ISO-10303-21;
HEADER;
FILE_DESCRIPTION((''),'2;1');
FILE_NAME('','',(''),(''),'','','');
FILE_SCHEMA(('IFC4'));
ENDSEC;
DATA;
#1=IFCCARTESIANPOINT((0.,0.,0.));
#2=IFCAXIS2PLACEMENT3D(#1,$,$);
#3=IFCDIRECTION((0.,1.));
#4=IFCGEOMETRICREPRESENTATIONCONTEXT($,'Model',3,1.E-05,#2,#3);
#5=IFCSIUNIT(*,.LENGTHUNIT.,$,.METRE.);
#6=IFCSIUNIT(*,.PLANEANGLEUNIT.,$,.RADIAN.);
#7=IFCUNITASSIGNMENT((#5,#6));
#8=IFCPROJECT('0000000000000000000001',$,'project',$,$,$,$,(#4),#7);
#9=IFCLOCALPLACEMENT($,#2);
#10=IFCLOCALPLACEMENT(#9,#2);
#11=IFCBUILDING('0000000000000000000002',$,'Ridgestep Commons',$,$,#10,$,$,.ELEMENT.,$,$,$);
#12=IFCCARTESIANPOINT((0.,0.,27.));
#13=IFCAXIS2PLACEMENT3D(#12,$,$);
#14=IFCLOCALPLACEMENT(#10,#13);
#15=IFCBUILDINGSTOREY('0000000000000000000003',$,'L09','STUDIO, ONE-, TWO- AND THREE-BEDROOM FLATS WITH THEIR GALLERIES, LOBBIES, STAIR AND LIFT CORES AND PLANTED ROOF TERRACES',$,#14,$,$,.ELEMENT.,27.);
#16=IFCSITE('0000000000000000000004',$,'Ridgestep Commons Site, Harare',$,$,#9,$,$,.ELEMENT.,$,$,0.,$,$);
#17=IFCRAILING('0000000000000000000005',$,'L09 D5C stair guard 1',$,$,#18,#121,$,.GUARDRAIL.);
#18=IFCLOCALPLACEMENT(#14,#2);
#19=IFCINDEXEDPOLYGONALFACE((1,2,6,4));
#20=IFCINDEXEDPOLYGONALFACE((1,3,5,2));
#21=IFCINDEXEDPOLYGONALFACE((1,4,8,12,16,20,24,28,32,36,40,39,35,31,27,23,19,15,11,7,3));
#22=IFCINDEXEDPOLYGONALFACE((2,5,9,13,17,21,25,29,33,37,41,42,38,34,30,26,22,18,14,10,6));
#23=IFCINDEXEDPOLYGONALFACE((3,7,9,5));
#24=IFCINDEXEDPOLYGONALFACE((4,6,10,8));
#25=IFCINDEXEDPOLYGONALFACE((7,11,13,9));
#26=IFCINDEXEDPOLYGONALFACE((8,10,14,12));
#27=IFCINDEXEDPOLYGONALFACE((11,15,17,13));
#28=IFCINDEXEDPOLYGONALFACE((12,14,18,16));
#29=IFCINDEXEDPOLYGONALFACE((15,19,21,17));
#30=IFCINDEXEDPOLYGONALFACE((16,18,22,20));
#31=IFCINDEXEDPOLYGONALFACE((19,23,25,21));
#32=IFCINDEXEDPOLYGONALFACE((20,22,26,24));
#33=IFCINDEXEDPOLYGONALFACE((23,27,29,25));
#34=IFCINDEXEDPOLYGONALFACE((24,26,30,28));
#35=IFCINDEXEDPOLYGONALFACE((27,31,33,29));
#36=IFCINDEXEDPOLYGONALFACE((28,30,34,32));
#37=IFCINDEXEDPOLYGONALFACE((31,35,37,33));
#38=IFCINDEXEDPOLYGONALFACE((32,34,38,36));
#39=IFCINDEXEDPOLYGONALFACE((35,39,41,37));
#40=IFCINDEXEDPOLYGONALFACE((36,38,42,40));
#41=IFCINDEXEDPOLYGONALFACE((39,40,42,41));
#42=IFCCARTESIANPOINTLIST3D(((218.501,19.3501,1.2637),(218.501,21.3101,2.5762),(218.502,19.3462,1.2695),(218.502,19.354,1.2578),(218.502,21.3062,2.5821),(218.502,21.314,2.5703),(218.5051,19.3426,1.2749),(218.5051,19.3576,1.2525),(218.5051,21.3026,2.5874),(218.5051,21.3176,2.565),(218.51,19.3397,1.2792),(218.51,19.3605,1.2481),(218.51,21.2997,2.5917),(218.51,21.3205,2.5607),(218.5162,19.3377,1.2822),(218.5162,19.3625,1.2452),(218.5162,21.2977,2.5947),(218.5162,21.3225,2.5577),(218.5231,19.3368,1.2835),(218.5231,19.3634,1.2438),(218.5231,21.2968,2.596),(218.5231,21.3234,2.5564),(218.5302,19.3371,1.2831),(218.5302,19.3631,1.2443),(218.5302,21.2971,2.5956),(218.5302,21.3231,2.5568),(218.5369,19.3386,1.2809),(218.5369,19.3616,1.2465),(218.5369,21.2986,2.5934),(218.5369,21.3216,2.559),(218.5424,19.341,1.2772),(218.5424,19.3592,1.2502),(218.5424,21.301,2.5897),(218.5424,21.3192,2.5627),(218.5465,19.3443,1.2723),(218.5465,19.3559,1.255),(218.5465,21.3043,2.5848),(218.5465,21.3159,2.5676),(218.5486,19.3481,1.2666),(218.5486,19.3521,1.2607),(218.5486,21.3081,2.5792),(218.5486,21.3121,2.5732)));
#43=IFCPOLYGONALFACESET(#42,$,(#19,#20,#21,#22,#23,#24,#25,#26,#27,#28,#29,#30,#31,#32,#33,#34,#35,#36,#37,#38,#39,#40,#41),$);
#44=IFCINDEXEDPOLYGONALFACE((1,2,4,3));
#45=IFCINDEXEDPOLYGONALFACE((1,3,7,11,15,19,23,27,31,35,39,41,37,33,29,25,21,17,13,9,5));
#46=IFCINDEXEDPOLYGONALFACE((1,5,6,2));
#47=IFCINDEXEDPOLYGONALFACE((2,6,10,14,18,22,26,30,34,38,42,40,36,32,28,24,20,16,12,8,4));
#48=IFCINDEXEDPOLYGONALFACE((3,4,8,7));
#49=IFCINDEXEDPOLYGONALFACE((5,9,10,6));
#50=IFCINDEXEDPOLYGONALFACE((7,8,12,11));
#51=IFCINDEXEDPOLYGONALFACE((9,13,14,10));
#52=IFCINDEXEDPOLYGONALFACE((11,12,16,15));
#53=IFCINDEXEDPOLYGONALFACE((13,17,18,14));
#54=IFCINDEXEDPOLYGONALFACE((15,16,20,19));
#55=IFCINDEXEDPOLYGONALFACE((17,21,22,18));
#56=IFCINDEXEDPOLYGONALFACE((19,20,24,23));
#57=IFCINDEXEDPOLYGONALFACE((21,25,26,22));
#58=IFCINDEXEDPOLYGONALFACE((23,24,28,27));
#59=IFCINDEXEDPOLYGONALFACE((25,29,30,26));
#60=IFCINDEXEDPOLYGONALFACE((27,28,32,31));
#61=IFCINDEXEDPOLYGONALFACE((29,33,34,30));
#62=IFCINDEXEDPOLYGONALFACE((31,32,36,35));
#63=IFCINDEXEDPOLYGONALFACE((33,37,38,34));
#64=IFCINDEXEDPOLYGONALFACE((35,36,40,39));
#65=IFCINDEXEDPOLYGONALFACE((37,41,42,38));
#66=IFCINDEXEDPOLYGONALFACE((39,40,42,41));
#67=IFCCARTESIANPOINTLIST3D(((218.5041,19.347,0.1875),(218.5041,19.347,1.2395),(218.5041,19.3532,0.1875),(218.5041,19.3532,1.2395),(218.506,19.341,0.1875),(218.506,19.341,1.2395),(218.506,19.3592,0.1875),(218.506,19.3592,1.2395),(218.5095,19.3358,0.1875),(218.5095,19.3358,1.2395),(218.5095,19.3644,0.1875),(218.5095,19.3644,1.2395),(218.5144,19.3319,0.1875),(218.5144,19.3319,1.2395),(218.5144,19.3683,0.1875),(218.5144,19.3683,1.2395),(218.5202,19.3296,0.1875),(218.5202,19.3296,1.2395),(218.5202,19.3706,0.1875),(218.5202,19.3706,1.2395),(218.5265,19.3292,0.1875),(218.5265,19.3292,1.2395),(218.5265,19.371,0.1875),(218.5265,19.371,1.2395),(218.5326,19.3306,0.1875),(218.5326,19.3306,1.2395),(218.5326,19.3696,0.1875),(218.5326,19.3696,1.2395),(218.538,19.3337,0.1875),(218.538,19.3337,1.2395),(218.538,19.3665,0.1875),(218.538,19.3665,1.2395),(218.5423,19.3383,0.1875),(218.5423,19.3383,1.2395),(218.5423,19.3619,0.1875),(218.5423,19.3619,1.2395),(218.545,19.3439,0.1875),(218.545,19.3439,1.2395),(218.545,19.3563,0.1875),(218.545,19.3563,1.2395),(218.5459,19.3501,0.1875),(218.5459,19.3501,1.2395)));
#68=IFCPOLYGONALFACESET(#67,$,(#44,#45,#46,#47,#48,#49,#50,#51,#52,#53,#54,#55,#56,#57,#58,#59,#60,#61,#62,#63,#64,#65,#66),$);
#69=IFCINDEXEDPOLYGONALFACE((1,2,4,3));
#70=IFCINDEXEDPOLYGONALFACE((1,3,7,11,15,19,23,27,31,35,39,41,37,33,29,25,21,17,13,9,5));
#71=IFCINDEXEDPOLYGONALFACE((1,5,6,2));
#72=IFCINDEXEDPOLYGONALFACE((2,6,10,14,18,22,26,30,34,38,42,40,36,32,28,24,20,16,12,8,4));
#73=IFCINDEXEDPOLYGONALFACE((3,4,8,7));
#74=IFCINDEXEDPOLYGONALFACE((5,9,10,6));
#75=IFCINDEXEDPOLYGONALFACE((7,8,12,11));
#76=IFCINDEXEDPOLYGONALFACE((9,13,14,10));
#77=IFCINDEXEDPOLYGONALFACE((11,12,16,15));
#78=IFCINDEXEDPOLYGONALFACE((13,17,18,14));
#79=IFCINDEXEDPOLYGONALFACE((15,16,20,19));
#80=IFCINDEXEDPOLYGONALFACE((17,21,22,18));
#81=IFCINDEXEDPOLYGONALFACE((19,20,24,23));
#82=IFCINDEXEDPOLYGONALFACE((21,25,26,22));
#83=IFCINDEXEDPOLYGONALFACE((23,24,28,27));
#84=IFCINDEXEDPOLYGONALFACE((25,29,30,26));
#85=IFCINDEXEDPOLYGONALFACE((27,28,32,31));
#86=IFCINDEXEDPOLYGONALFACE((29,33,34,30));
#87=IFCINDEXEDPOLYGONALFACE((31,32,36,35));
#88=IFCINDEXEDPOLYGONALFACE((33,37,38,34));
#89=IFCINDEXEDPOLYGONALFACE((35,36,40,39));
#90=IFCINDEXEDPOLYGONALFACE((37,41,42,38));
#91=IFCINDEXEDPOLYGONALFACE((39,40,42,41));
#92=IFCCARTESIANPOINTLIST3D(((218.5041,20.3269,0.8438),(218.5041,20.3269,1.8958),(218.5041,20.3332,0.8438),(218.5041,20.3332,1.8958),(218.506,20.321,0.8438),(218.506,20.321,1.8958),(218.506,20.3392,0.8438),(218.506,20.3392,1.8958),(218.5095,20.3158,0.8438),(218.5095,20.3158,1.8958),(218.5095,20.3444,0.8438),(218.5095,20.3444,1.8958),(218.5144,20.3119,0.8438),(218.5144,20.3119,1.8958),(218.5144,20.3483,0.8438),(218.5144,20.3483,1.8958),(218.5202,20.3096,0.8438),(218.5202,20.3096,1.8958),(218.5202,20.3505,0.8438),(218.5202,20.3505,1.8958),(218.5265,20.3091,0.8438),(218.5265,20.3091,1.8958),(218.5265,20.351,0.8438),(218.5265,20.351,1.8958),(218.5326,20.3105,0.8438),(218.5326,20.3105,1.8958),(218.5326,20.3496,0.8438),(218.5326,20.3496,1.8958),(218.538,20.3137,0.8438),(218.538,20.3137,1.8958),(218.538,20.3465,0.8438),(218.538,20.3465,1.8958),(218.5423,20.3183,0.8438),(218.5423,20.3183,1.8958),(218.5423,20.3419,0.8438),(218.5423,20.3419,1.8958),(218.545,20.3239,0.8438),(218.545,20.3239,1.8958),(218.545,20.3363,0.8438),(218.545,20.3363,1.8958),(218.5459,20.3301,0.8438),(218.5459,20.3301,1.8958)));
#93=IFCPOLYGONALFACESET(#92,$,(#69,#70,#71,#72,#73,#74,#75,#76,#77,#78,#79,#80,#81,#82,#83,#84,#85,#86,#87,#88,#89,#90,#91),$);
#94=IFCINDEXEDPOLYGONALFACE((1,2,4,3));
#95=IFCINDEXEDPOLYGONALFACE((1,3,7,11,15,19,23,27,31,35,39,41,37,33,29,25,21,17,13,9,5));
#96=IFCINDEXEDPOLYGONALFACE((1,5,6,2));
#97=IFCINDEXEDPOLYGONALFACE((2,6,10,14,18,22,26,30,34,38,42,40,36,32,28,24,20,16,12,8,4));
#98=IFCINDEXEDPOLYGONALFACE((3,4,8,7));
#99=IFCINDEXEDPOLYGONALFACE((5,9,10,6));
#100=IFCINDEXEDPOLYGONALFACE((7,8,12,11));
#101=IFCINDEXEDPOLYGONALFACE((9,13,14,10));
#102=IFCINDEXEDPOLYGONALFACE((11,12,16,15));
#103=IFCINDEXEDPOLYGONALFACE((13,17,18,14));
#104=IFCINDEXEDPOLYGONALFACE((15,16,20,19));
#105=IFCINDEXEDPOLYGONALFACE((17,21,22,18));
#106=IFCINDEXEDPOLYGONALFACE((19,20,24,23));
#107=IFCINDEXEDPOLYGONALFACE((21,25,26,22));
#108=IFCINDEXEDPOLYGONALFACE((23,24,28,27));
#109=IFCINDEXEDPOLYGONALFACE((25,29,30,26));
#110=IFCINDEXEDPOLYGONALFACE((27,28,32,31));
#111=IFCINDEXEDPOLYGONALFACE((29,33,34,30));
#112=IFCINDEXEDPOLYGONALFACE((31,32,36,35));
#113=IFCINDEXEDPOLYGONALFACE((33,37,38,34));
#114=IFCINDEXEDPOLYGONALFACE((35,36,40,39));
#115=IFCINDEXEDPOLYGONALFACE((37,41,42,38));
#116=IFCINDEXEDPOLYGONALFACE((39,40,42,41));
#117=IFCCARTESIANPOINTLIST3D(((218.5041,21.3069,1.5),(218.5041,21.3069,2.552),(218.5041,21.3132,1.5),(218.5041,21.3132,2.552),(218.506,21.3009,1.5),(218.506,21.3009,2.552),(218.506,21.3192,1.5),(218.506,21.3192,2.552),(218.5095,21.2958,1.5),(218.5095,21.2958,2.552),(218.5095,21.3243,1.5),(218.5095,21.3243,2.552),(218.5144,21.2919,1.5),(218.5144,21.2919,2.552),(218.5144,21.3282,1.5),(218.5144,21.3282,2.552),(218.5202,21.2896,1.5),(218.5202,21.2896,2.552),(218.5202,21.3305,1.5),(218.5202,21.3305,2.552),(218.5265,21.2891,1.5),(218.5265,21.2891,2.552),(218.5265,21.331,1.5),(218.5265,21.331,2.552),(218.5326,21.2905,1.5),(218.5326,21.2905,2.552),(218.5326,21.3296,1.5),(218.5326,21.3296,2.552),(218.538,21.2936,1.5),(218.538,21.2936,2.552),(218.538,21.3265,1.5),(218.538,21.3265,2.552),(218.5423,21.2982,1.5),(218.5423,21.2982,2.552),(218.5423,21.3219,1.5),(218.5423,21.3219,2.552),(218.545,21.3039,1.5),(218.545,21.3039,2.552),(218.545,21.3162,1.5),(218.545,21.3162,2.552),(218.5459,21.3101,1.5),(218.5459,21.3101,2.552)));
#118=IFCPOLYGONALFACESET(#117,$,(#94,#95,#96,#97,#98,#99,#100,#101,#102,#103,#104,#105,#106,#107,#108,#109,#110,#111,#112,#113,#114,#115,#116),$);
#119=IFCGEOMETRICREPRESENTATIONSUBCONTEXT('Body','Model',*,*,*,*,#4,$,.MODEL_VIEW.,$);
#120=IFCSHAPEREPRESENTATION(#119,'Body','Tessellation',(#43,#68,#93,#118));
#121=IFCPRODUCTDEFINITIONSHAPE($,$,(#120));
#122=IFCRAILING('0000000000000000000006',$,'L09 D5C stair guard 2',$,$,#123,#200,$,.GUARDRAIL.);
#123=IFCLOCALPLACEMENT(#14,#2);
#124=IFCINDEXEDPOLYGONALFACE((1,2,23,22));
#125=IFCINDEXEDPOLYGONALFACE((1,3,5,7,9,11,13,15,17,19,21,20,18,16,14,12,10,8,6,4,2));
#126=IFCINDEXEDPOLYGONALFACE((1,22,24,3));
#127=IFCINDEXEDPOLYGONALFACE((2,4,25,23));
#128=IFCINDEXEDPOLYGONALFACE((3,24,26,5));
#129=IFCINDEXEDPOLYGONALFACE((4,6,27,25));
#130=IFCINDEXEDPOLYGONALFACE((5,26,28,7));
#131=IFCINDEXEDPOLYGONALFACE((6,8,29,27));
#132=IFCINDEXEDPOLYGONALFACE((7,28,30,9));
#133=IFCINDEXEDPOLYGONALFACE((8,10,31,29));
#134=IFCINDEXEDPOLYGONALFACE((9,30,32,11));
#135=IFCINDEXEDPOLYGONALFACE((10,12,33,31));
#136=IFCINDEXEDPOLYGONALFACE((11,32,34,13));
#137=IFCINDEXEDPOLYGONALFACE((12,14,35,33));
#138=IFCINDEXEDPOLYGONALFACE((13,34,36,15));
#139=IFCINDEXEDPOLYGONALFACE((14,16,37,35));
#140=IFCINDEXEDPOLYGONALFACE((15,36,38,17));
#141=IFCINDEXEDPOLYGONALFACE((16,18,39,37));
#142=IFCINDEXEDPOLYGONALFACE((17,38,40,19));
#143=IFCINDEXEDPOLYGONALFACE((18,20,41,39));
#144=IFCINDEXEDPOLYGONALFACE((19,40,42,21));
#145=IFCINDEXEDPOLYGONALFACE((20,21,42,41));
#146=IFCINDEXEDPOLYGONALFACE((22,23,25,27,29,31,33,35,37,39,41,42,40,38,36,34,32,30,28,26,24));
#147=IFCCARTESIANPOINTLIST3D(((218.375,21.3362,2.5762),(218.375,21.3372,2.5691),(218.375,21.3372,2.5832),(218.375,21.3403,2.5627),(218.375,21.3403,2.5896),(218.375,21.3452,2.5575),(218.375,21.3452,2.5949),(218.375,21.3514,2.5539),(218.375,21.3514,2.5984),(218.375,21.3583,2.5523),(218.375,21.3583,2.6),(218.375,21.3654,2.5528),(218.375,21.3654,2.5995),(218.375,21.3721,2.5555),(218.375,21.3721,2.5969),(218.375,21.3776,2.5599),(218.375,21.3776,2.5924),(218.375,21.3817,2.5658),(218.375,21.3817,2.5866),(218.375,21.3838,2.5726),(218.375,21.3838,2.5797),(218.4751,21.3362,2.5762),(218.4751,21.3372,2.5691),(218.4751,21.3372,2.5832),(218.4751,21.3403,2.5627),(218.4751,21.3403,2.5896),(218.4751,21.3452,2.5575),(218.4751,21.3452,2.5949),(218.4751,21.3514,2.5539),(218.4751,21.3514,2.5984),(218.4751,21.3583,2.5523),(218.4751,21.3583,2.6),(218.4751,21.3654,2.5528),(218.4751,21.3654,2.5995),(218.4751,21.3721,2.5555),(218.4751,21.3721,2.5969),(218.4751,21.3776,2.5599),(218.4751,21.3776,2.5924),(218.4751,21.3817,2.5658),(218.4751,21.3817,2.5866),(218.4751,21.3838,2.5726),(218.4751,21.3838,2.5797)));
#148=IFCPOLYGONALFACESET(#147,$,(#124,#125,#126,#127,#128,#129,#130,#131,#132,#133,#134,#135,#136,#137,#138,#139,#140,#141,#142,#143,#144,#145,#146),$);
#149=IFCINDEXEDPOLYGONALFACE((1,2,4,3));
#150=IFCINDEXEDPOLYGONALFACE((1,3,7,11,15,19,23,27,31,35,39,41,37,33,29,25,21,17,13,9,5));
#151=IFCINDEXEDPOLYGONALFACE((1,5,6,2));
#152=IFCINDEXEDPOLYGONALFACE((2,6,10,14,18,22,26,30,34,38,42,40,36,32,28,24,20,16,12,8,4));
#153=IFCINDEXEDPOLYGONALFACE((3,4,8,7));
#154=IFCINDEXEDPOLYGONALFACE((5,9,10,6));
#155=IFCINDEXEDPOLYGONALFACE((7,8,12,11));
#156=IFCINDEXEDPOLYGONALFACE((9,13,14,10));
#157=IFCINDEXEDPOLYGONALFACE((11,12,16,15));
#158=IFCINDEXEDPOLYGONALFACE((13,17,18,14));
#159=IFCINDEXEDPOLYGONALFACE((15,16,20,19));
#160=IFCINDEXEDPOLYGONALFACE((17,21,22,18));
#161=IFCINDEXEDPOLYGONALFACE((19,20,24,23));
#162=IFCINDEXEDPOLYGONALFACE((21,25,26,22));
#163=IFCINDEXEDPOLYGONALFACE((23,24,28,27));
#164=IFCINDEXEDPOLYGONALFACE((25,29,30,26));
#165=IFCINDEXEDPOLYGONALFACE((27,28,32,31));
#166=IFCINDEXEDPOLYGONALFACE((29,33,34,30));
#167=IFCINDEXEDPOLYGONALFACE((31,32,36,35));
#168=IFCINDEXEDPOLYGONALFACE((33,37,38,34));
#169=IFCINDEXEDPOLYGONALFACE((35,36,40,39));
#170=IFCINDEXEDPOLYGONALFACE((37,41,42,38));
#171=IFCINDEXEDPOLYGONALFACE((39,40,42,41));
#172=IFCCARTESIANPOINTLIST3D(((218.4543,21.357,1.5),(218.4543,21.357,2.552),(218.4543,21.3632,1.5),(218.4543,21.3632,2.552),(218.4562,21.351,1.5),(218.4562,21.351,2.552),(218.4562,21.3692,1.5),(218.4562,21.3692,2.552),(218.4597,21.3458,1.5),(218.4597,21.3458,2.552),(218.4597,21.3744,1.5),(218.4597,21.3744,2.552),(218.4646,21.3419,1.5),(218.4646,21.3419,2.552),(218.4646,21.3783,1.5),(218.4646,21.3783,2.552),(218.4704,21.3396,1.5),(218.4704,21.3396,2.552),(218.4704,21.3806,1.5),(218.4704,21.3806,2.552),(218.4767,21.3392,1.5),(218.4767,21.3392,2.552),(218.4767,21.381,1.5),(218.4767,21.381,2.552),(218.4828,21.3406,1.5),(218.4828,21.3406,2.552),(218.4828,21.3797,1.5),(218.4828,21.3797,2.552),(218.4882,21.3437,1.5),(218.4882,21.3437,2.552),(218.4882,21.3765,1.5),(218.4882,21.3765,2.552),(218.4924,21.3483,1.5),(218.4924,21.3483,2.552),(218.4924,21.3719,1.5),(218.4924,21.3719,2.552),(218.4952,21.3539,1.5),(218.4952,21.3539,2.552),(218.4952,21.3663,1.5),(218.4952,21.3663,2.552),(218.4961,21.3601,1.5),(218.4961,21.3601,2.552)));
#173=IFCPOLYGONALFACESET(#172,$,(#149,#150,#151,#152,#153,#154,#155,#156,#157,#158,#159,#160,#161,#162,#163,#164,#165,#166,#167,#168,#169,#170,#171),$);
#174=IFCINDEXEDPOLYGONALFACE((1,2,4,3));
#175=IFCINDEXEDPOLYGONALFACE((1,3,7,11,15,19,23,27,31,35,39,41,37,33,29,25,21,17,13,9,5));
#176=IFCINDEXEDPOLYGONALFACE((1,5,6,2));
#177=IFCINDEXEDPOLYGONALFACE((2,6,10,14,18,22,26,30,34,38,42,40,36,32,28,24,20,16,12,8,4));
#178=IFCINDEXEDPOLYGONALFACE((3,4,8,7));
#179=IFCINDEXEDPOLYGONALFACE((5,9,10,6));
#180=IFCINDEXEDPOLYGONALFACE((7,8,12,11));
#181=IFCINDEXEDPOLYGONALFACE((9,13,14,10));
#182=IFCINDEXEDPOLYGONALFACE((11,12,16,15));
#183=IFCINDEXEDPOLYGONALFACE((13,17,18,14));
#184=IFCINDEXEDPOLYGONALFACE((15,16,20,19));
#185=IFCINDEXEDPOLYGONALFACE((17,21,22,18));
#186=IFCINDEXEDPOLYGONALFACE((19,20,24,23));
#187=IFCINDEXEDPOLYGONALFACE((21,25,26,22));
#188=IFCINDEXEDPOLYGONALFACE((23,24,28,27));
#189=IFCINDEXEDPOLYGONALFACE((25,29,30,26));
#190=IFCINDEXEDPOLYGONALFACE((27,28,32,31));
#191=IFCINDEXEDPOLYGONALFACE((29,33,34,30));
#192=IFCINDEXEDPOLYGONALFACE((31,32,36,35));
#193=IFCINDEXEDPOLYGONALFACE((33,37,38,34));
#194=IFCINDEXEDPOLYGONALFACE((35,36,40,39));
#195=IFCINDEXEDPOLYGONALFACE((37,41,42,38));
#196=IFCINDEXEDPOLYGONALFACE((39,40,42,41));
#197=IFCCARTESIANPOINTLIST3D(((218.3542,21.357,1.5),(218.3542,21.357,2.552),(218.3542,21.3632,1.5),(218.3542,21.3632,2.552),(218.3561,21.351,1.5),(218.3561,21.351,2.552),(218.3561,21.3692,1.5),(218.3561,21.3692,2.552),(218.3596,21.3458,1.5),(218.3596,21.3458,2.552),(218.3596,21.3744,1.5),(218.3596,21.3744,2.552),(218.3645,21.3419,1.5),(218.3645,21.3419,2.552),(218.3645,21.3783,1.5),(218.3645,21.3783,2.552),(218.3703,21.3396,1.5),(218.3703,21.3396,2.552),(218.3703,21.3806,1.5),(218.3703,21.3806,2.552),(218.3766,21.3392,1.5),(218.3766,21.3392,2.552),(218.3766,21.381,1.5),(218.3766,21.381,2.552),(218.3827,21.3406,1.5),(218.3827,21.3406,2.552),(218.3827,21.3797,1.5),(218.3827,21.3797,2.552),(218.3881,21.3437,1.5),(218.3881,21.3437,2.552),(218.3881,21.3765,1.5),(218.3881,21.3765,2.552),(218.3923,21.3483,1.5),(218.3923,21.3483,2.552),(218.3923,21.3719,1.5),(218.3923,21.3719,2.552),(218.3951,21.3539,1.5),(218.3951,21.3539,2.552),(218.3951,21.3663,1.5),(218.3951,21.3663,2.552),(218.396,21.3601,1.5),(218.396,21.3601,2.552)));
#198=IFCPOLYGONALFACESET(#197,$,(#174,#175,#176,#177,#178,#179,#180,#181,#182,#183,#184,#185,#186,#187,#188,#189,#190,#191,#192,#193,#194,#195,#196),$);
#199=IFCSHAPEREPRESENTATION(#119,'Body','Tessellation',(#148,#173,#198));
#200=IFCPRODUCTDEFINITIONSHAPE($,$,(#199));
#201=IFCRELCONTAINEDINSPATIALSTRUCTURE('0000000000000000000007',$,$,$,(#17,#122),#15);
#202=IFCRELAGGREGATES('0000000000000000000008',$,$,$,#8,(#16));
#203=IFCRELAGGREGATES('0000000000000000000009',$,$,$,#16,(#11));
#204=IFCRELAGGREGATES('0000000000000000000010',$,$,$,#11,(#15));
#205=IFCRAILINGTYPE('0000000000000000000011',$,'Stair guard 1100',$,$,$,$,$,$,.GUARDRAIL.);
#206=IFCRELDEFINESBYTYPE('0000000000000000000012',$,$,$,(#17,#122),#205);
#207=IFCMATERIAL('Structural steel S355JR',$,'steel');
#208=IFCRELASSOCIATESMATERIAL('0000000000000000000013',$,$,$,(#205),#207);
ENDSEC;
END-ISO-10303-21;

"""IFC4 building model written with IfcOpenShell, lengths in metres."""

from ifc_helpers import new_model, si_unit, direction, frame, origin, origin_2d, place, context, subcontext, project, spatial, circle, extrude, material, type_object, element, save


model = new_model("IFC4")

# Units and contexts
model_context = context("Model", 3, precision=1e-05, world=origin(), true_north=direction((0.0, 1.0)))
body_context = subcontext(model_context, "Body", "Model", "MODEL_VIEW")
ifc_project = project(units=[si_unit("LENGTHUNIT", "METRE"), si_unit("PLANEANGLEUNIT", "RADIAN")], contexts=[model_context])

# Site, building, storey
site_placement = place(None, origin())
site = spatial("IfcSite", under=ifc_project, at=site_placement, Name="Ridgestep Commons Site, Harare", CompositionType="ELEMENT", RefElevation=0.0)
building_placement = place(site_placement, origin())
building = spatial("IfcBuilding", under=site, at=building_placement, Name="Ridgestep Commons", CompositionType="ELEMENT")
storey_placement = place(building_placement, frame((0.0, 0.0, 27.0)))
storey = spatial("IfcBuildingStorey", under=building, at=storey_placement, Name="L09", Description="STUDIO, ONE-, TWO- AND THREE-BEDROOM FLATS WITH THEIR GALLERIES, LOBBIES, STAIR AND LIFT CORES AND PLANTED ROOF TERRACES", CompositionType="ELEMENT", Elevation=27.0)

# Railings
ifc_material_1 = material(Name="Structural steel S355JR", Category="steel")
railing_type_1 = type_object("IfcRailingType", Name="Stair guard 1100", PredefinedType="GUARDRAIL", material=ifc_material_1)
railing_1_placement = place(storey_placement, frame((218.5249, 19.3501, 0.1875)))
element("IfcRailing", 1, at=railing_1_placement, inside=storey, type_object=railing_type_1, Name="L09 D5C stair guard 1", PredefinedType="GUARDRAIL", context=body_context, shape_type="SweptSolid", body=[
    extrude(circle(Radius=0.0239, at=origin_2d()), frame((0.0, 0.0, 1.0762), z_axis=(0.0, 0.830902, 0.556419), x_axis=(-1.0, 0.0, 0.0)), (0.0, 0.0, 1.0), 2.3589),
    extrude(circle(Radius=0.021, at=origin_2d()), origin(), (0.0, 0.0, 1.0), 1.052),
    extrude(circle(Radius=0.021, at=origin_2d()), frame((0.0, 0.98, 0.6562)), (0.0, 0.0, 1.0), 1.052),
    extrude(circle(Radius=0.021, at=origin_2d()), frame((0.0, 1.96, 1.3125)), (0.0, 0.0, 1.0), 1.052),
])
railing_2_placement = place(storey_placement, frame((218.4751, 21.3601, 1.5)))
element("IfcRailing", 2, at=railing_2_placement, inside=storey, type_object=railing_type_1, Name="L09 D5C stair guard 2", PredefinedType="GUARDRAIL", context=body_context, shape_type="SweptSolid", body=[
    extrude(circle(Radius=0.0239, at=origin_2d()), frame((0.0, 0.0, 1.0762), z_axis=(-1.0, 0.0, 0.0), x_axis=(0.0, -1.0, 0.0)), (0.0, 0.0, 1.0), 0.1001),
    extrude(circle(Radius=0.021, at=origin_2d()), origin(), (0.0, 0.0, 1.0), 1.052),
    extrude(circle(Radius=0.021, at=origin_2d()), frame((-0.1001, 0.0, 0.0)), (0.0, 0.0, 1.0), 1.052),
])

save(model, "model.ifc")
